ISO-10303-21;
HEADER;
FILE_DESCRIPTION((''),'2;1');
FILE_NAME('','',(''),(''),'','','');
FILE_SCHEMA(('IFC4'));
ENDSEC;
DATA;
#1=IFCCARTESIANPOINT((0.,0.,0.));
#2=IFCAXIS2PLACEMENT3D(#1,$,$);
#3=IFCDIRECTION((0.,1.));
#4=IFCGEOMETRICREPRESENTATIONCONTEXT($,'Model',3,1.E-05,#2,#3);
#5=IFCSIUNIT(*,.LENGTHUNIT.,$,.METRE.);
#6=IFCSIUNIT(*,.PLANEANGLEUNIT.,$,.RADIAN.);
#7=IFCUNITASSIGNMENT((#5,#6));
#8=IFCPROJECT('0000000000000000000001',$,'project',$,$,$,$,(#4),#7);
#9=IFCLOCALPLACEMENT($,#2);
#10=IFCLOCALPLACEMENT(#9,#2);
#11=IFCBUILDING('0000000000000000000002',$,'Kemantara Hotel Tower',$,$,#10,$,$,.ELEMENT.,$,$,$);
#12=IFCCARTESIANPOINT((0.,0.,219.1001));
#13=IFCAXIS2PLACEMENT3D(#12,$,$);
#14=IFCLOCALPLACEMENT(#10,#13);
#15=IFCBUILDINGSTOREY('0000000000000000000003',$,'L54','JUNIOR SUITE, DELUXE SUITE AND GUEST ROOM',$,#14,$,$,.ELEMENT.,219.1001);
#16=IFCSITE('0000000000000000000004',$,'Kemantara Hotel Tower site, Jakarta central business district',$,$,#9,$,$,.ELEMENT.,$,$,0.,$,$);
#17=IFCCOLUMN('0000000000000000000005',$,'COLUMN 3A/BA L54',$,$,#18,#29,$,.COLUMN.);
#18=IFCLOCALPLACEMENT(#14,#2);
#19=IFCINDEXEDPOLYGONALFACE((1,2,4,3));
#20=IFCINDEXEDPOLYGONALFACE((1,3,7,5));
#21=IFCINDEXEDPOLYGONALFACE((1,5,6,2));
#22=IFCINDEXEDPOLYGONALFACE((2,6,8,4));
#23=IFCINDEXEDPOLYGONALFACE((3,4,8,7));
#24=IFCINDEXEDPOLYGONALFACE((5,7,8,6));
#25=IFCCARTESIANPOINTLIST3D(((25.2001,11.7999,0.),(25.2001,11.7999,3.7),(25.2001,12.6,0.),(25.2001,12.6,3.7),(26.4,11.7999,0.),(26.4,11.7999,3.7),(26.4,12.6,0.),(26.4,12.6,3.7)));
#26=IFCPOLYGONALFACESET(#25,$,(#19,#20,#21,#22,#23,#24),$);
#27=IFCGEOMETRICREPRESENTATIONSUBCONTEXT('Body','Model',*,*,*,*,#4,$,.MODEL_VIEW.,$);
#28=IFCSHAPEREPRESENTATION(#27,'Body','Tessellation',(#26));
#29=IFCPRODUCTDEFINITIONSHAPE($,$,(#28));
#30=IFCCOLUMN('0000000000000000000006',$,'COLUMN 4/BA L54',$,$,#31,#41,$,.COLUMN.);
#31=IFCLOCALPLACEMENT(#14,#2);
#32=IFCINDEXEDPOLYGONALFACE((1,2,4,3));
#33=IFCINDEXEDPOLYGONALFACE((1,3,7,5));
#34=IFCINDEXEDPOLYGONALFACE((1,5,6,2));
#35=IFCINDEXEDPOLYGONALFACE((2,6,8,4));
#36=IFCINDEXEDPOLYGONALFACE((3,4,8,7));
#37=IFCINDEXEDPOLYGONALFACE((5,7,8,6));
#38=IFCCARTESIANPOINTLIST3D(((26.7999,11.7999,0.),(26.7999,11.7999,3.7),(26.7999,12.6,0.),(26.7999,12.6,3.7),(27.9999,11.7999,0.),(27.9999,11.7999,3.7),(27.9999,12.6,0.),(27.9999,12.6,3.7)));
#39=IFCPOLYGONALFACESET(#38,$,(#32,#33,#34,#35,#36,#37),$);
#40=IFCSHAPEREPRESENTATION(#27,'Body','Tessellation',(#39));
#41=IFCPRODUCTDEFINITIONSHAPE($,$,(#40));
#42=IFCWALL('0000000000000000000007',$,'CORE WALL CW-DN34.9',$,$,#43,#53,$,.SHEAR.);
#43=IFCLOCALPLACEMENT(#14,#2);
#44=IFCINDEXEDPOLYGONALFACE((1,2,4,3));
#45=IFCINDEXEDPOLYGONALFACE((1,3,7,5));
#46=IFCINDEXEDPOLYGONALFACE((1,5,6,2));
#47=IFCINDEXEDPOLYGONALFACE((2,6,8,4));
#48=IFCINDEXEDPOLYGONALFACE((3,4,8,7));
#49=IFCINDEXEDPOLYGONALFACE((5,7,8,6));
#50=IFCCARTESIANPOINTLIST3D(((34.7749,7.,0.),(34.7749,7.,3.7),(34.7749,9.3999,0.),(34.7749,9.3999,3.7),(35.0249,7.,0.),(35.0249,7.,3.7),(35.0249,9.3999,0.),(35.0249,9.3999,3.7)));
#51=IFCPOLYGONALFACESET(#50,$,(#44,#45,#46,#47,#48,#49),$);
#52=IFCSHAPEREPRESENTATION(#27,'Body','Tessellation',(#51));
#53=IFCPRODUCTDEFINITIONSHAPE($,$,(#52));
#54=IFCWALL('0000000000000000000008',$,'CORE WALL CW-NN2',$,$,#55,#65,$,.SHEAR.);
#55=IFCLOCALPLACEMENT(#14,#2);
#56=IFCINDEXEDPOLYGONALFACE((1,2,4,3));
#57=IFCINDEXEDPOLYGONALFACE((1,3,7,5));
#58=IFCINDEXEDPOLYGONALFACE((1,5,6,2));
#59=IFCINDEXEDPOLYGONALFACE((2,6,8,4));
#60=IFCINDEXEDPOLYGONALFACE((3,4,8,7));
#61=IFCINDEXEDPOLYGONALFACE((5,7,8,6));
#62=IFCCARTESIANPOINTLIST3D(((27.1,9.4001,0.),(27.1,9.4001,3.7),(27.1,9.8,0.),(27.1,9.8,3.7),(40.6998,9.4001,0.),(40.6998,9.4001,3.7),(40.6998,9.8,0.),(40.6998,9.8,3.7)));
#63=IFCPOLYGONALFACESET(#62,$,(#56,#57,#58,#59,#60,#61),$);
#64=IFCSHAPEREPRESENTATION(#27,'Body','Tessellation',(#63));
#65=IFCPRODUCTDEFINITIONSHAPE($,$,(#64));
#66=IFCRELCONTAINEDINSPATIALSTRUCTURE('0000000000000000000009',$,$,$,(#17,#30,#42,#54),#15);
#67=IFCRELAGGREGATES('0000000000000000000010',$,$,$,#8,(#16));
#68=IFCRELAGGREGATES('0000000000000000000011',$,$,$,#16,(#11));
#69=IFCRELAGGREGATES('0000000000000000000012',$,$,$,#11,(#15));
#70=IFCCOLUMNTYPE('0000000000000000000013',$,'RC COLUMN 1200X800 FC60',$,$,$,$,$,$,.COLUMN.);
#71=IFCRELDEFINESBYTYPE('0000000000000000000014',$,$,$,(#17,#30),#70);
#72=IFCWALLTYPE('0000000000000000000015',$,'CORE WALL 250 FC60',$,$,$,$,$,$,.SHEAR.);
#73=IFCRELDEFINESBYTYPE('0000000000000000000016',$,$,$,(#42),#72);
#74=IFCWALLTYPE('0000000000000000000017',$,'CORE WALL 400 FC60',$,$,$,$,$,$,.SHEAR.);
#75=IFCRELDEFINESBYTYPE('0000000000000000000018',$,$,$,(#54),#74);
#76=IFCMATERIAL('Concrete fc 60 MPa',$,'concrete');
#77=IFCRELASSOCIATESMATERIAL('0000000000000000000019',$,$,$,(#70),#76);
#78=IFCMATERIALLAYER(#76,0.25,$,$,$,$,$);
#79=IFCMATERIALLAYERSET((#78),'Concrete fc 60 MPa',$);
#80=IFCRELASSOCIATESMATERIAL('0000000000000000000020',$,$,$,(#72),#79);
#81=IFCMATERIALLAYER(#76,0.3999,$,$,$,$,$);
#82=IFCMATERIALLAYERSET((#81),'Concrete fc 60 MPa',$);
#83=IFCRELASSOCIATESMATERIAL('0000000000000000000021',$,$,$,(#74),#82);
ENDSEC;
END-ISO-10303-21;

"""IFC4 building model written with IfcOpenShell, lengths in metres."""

from ifc_helpers import new_model, si_unit, direction, frame, frame_2d, origin, origin_2d, place, context, subcontext, project, spatial, rectangle, extrude, material, layer, layer_set, material_profile, profile_set, type_object, element, save


model = new_model("IFC4")

# Units and contexts
model_context = context("Model", 3, precision=1e-05, world=origin(), true_north=direction((0.0, 1.0)))
body_context = subcontext(model_context, "Body", "Model", "MODEL_VIEW")
ifc_project = project(units=[si_unit("LENGTHUNIT", "METRE"), si_unit("PLANEANGLEUNIT", "RADIAN")], contexts=[model_context])

# Site, building, storey
site_placement = place(None, origin())
site = spatial("IfcSite", under=ifc_project, at=site_placement, Name="Kemantara Hotel Tower site, Jakarta central business district", CompositionType="ELEMENT", RefElevation=0.0)
building_placement = place(site_placement, origin())
building = spatial("IfcBuilding", under=site, at=building_placement, Name="Kemantara Hotel Tower", CompositionType="ELEMENT")
storey_placement = place(building_placement, frame((0.0, 0.0, 219.1001)))
storey = spatial("IfcBuildingStorey", under=building, at=storey_placement, Name="L54", Description="JUNIOR SUITE, DELUXE SUITE AND GUEST ROOM", CompositionType="ELEMENT", Elevation=219.1001)

# Columns
ifc_material_1 = material(Name="Concrete fc 60 MPa", Category="concrete")
ifc_material_profile = material_profile(ifc_material_1, rectangle(XDim=1.2, YDim=0.8, at=origin_2d()), Name="RC 1200X800")
ifc_profile_set = profile_set([ifc_material_profile], Name="Concrete fc 60 MPa")
column_type = type_object("IfcColumnType", Name="RC COLUMN 1200X800 FC60", PredefinedType="COLUMN", material=ifc_profile_set)
for number, where, z_axis, x_axis, name in (
    (1, (25.8, 12.2, 0.0), (0.0, 0.0, 1.0), (1.0, 0.0, 0.0), "COLUMN 3A/BA L54"),
    (2, (27.3999, 12.2, 0.0), (0.0, 0.0, 1.0), (1.0, 0.0, 0.0), "COLUMN 4/BA L54"),
):
    element("IfcColumn", number, at=place(storey_placement, frame(where, z_axis=z_axis, x_axis=x_axis)), inside=storey, type_object=column_type, Name=name, PredefinedType="COLUMN", context=body_context, shape_type="SweptSolid", body=[
        extrude(rectangle(XDim=1.2, YDim=0.8, at=origin_2d()), origin(), (0.0, 0.0, 1.0), 3.7),
    ])

# Walls
ifc_layer_1 = layer(ifc_material_1, 0.25)
ifc_layer_set_1 = layer_set([ifc_layer_1], Name="Concrete fc 60 MPa")
wall_type_1 = type_object("IfcWallType", Name="CORE WALL 250 FC60", PredefinedType="SHEAR", material=ifc_layer_set_1)
wall_1_placement = place(storey_placement, frame((34.8999, 7.0, 0.0), z_axis=(0.0, 0.0, 1.0), x_axis=(0.0, 1.0, 0.0)))
element("IfcWall", 3, at=wall_1_placement, inside=storey, type_object=wall_type_1, Name="CORE WALL CW-DN34.9", PredefinedType="SHEAR", context=body_context, shape_type="SweptSolid", body=[
    extrude(rectangle(XDim=2.3999, YDim=0.25, at=frame_2d((1.2, 0.0))), origin(), (0.0, 0.0, 1.0), 3.7),
])
ifc_layer_2 = layer(ifc_material_1, 0.3999)
ifc_layer_set_2 = layer_set([ifc_layer_2], Name="Concrete fc 60 MPa")
wall_type_2 = type_object("IfcWallType", Name="CORE WALL 400 FC60", PredefinedType="SHEAR", material=ifc_layer_set_2)
wall_2_placement = place(storey_placement, frame((27.1001, 9.6001, 0.0), z_axis=(0.0, 0.0, 1.0), x_axis=(1.0, 0.0, 0.0)))
element("IfcWall", 4, at=wall_2_placement, inside=storey, type_object=wall_type_2, Name="CORE WALL CW-NN2", PredefinedType="SHEAR", context=body_context, shape_type="SweptSolid", body=[
    extrude(rectangle(XDim=13.5999, YDim=0.3999, at=frame_2d((6.7998, 0.0))), origin(), (0.0, 0.0, 1.0), 3.7),
])

save(model, "model.ifc")
